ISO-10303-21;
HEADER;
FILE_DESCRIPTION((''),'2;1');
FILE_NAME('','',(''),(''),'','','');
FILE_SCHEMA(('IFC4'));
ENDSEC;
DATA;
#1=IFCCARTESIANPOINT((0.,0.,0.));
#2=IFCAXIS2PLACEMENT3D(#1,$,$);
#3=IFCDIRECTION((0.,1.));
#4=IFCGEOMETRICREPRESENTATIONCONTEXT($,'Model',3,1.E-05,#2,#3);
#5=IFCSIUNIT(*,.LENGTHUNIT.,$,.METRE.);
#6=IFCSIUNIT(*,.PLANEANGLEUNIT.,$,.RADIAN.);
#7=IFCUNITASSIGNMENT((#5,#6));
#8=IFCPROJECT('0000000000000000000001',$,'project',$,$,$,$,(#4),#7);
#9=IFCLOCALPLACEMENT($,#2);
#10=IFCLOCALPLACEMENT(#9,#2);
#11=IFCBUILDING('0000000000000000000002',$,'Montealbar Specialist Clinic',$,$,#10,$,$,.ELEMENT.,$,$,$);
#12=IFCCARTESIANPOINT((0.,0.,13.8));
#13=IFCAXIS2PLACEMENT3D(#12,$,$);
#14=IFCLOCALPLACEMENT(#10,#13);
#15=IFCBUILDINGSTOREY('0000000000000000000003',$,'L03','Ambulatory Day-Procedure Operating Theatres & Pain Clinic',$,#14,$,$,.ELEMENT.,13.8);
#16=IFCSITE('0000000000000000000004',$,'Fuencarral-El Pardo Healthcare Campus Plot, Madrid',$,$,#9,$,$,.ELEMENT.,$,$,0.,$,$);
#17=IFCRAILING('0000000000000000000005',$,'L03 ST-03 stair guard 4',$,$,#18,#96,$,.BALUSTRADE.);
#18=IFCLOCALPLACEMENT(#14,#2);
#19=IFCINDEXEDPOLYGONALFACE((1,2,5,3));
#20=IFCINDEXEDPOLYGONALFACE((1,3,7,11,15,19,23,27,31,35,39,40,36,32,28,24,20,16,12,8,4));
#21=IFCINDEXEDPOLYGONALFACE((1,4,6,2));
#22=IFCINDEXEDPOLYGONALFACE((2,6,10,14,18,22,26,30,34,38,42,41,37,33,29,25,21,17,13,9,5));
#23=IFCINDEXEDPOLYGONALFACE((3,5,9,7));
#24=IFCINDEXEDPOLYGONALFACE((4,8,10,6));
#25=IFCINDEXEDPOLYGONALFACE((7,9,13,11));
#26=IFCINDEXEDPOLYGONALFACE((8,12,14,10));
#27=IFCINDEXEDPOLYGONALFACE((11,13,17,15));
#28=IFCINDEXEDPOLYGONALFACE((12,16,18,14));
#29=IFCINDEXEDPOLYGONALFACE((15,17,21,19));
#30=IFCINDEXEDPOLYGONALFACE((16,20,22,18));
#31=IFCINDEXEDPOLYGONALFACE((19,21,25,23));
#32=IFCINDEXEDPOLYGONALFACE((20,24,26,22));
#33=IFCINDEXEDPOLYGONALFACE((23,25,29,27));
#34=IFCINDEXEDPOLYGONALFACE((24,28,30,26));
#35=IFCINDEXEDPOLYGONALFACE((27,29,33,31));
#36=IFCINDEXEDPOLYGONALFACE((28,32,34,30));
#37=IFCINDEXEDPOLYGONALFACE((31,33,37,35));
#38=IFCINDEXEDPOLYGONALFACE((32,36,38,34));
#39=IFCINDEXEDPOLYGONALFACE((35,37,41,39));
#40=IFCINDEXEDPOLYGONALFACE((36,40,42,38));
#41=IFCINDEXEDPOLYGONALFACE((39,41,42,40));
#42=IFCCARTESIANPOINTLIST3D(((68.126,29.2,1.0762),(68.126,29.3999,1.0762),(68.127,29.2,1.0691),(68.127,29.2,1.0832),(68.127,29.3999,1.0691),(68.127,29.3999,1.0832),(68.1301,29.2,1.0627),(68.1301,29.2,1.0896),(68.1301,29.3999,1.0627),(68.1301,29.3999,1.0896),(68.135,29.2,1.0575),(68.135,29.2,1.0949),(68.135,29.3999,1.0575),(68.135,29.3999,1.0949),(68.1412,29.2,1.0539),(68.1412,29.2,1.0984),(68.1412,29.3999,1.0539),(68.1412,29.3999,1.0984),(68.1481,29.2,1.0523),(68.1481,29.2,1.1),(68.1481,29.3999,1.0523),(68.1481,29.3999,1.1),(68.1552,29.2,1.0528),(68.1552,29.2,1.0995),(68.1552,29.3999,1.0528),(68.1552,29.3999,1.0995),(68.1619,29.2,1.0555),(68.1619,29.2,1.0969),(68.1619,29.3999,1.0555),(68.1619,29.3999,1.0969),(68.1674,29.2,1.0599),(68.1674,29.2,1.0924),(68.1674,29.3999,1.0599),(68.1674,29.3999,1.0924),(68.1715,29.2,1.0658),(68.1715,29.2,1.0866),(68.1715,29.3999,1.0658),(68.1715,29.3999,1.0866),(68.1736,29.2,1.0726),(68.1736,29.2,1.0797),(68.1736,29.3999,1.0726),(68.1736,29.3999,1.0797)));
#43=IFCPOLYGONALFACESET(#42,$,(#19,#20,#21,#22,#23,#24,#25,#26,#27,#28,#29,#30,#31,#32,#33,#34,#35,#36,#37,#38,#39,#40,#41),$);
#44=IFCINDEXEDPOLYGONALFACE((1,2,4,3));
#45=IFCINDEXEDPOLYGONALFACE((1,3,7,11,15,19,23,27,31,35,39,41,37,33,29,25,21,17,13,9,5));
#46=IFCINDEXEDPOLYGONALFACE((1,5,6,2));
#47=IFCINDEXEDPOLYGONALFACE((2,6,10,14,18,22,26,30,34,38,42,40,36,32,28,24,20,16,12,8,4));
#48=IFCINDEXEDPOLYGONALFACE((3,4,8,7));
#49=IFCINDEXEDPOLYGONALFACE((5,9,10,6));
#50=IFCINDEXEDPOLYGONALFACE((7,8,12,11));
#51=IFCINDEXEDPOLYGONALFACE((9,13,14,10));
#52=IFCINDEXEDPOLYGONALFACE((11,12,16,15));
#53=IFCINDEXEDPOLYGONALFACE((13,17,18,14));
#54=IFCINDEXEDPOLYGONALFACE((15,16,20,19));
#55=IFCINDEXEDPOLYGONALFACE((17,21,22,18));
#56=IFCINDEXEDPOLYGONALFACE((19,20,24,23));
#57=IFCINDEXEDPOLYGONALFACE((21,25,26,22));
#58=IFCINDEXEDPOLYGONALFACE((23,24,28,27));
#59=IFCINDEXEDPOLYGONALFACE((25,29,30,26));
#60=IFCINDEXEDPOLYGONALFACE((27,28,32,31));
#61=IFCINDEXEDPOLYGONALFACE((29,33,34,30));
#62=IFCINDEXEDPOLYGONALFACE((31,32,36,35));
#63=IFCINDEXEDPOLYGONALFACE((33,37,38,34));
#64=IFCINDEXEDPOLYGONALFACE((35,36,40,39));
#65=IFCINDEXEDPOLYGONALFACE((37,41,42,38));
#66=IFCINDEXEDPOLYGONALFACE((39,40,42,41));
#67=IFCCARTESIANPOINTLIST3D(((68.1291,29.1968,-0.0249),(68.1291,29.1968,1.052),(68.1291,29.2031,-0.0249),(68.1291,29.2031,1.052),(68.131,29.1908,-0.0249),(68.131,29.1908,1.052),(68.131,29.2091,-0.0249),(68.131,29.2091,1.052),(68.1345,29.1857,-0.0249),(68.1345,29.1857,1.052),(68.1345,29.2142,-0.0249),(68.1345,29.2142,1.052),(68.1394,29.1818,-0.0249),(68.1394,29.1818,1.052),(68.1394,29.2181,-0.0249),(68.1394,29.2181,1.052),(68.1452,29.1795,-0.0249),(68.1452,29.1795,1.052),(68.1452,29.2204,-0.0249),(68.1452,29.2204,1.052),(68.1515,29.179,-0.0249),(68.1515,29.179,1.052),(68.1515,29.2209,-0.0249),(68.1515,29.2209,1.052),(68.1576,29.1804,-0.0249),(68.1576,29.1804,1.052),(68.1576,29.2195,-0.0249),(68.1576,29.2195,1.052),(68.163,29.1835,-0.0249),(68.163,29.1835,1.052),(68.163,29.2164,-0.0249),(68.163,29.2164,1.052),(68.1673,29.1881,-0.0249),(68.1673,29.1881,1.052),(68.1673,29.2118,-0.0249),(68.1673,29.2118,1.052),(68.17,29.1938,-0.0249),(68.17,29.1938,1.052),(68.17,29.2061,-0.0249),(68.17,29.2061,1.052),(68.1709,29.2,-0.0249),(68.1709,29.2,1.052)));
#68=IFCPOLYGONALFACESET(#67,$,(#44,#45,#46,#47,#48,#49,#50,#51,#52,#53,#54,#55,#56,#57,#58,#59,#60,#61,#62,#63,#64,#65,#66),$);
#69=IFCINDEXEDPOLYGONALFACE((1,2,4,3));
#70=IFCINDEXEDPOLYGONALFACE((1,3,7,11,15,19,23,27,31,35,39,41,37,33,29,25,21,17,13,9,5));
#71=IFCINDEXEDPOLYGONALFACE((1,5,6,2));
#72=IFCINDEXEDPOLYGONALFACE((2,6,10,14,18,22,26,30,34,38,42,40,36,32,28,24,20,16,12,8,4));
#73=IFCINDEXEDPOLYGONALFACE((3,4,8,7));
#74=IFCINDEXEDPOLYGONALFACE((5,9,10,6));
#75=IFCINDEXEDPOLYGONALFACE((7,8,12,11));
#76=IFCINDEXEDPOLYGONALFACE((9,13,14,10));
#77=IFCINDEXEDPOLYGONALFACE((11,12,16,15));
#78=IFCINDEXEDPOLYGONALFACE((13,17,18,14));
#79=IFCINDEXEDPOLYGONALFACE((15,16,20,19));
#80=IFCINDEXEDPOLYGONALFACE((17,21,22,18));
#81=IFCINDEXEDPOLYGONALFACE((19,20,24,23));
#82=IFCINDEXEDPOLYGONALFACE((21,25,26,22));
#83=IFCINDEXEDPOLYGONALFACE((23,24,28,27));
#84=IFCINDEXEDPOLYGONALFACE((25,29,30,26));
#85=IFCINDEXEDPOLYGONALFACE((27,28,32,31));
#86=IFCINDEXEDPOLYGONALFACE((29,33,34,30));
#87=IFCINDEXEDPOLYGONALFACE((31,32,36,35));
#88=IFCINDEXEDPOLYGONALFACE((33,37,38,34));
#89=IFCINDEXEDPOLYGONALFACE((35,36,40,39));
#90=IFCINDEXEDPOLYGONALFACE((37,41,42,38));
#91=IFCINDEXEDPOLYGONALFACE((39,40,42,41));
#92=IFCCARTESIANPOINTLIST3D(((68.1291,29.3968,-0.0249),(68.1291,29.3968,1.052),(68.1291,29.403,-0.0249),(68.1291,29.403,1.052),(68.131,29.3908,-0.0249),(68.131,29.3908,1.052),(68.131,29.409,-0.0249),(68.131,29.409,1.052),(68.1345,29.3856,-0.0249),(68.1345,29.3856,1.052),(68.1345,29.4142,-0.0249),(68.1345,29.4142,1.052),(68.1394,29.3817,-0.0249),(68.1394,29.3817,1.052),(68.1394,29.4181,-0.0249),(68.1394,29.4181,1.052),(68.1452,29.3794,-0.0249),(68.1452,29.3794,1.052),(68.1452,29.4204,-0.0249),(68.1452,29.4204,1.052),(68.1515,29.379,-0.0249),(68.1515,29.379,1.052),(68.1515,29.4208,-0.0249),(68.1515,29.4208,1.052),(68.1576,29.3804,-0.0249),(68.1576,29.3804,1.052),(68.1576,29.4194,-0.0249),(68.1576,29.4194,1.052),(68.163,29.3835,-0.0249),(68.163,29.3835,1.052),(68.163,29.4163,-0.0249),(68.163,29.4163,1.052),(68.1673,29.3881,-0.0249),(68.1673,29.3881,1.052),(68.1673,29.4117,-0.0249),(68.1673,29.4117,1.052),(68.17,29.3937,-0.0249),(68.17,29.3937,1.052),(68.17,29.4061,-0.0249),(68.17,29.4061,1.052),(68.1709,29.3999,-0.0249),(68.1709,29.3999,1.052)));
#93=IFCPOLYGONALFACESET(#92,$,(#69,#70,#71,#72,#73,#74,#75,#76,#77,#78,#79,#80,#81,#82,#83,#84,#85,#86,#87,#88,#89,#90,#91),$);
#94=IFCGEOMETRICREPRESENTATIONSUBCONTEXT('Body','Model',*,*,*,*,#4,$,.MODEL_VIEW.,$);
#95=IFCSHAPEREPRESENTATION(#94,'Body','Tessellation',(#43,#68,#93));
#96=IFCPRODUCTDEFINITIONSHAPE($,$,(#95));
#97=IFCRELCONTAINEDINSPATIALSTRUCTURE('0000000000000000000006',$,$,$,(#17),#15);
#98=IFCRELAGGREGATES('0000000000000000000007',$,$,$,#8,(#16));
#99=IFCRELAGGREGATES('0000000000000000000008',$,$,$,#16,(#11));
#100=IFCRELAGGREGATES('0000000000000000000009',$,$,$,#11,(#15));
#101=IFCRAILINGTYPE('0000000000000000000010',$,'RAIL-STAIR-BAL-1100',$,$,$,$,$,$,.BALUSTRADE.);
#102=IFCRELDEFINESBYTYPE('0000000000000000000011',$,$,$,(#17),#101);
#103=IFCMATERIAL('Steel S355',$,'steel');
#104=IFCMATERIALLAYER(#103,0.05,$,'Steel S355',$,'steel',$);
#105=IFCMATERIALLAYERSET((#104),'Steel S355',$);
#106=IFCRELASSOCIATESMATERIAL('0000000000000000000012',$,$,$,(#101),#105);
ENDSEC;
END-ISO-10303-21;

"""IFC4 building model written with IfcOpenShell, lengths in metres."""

from ifc_helpers import new_model, si_unit, direction, frame, origin, origin_2d, place, context, subcontext, project, spatial, circle, extrude, material, layer, layer_set, type_object, element, save


model = new_model("IFC4")

# Units and contexts
model_context = context("Model", 3, precision=1e-05, world=origin(), true_north=direction((0.0, 1.0)))
body_context = subcontext(model_context, "Body", "Model", "MODEL_VIEW")
ifc_project = project(units=[si_unit("LENGTHUNIT", "METRE"), si_unit("PLANEANGLEUNIT", "RADIAN")], contexts=[model_context])

# Site, building, storey
site_placement = place(None, origin())
site = spatial("IfcSite", under=ifc_project, at=site_placement, Name="Fuencarral-El Pardo Healthcare Campus Plot, Madrid", CompositionType="ELEMENT", RefElevation=0.0)
building_placement = place(site_placement, origin())
building = spatial("IfcBuilding", under=site, at=building_placement, Name="Montealbar Specialist Clinic", CompositionType="ELEMENT")
storey_placement = place(building_placement, frame((0.0, 0.0, 13.8)))
storey = spatial("IfcBuildingStorey", under=building, at=storey_placement, Name="L03", Description="Ambulatory Day-Procedure Operating Theatres & Pain Clinic", CompositionType="ELEMENT", Elevation=13.8)

# Shared definitions
ifc_material_1 = material(Name="Steel S355", Category="steel")

# Railing
ifc_layer_1 = layer(ifc_material_1, 0.05, Name="Steel S355", Category="steel")
ifc_layer_set_1 = layer_set([ifc_layer_1], Name="Steel S355")
railing_type_1 = type_object("IfcRailingType", Name="RAIL-STAIR-BAL-1100", PredefinedType="BALUSTRADE", material=ifc_layer_set_1)
railing_1_placement = place(storey_placement, frame((68.1499, 29.2, 0.0)))
element("IfcRailing", 1, at=railing_1_placement, inside=storey, type_object=railing_type_1, Name="L03 ST-03 stair guard 4", PredefinedType="BALUSTRADE", context=body_context, shape_type="SweptSolid", body=[
    extrude(circle(Radius=0.0239, at=origin_2d()), frame((0.0, 0.0, 1.0762), z_axis=(0.0, 1.0, 0.0), x_axis=(-1.0, 0.0, 0.0)), (0.0, 0.0, 1.0), 0.2),
    extrude(circle(Radius=0.021, at=origin_2d()), frame((0.0, 0.0, -0.0249)), (0.0, 0.0, 1.0), 1.0769),
    extrude(circle(Radius=0.021, at=origin_2d()), frame((0.0, 0.2, -0.0249)), (0.0, 0.0, 1.0), 1.0769),
])

save(model, "model.ifc")
